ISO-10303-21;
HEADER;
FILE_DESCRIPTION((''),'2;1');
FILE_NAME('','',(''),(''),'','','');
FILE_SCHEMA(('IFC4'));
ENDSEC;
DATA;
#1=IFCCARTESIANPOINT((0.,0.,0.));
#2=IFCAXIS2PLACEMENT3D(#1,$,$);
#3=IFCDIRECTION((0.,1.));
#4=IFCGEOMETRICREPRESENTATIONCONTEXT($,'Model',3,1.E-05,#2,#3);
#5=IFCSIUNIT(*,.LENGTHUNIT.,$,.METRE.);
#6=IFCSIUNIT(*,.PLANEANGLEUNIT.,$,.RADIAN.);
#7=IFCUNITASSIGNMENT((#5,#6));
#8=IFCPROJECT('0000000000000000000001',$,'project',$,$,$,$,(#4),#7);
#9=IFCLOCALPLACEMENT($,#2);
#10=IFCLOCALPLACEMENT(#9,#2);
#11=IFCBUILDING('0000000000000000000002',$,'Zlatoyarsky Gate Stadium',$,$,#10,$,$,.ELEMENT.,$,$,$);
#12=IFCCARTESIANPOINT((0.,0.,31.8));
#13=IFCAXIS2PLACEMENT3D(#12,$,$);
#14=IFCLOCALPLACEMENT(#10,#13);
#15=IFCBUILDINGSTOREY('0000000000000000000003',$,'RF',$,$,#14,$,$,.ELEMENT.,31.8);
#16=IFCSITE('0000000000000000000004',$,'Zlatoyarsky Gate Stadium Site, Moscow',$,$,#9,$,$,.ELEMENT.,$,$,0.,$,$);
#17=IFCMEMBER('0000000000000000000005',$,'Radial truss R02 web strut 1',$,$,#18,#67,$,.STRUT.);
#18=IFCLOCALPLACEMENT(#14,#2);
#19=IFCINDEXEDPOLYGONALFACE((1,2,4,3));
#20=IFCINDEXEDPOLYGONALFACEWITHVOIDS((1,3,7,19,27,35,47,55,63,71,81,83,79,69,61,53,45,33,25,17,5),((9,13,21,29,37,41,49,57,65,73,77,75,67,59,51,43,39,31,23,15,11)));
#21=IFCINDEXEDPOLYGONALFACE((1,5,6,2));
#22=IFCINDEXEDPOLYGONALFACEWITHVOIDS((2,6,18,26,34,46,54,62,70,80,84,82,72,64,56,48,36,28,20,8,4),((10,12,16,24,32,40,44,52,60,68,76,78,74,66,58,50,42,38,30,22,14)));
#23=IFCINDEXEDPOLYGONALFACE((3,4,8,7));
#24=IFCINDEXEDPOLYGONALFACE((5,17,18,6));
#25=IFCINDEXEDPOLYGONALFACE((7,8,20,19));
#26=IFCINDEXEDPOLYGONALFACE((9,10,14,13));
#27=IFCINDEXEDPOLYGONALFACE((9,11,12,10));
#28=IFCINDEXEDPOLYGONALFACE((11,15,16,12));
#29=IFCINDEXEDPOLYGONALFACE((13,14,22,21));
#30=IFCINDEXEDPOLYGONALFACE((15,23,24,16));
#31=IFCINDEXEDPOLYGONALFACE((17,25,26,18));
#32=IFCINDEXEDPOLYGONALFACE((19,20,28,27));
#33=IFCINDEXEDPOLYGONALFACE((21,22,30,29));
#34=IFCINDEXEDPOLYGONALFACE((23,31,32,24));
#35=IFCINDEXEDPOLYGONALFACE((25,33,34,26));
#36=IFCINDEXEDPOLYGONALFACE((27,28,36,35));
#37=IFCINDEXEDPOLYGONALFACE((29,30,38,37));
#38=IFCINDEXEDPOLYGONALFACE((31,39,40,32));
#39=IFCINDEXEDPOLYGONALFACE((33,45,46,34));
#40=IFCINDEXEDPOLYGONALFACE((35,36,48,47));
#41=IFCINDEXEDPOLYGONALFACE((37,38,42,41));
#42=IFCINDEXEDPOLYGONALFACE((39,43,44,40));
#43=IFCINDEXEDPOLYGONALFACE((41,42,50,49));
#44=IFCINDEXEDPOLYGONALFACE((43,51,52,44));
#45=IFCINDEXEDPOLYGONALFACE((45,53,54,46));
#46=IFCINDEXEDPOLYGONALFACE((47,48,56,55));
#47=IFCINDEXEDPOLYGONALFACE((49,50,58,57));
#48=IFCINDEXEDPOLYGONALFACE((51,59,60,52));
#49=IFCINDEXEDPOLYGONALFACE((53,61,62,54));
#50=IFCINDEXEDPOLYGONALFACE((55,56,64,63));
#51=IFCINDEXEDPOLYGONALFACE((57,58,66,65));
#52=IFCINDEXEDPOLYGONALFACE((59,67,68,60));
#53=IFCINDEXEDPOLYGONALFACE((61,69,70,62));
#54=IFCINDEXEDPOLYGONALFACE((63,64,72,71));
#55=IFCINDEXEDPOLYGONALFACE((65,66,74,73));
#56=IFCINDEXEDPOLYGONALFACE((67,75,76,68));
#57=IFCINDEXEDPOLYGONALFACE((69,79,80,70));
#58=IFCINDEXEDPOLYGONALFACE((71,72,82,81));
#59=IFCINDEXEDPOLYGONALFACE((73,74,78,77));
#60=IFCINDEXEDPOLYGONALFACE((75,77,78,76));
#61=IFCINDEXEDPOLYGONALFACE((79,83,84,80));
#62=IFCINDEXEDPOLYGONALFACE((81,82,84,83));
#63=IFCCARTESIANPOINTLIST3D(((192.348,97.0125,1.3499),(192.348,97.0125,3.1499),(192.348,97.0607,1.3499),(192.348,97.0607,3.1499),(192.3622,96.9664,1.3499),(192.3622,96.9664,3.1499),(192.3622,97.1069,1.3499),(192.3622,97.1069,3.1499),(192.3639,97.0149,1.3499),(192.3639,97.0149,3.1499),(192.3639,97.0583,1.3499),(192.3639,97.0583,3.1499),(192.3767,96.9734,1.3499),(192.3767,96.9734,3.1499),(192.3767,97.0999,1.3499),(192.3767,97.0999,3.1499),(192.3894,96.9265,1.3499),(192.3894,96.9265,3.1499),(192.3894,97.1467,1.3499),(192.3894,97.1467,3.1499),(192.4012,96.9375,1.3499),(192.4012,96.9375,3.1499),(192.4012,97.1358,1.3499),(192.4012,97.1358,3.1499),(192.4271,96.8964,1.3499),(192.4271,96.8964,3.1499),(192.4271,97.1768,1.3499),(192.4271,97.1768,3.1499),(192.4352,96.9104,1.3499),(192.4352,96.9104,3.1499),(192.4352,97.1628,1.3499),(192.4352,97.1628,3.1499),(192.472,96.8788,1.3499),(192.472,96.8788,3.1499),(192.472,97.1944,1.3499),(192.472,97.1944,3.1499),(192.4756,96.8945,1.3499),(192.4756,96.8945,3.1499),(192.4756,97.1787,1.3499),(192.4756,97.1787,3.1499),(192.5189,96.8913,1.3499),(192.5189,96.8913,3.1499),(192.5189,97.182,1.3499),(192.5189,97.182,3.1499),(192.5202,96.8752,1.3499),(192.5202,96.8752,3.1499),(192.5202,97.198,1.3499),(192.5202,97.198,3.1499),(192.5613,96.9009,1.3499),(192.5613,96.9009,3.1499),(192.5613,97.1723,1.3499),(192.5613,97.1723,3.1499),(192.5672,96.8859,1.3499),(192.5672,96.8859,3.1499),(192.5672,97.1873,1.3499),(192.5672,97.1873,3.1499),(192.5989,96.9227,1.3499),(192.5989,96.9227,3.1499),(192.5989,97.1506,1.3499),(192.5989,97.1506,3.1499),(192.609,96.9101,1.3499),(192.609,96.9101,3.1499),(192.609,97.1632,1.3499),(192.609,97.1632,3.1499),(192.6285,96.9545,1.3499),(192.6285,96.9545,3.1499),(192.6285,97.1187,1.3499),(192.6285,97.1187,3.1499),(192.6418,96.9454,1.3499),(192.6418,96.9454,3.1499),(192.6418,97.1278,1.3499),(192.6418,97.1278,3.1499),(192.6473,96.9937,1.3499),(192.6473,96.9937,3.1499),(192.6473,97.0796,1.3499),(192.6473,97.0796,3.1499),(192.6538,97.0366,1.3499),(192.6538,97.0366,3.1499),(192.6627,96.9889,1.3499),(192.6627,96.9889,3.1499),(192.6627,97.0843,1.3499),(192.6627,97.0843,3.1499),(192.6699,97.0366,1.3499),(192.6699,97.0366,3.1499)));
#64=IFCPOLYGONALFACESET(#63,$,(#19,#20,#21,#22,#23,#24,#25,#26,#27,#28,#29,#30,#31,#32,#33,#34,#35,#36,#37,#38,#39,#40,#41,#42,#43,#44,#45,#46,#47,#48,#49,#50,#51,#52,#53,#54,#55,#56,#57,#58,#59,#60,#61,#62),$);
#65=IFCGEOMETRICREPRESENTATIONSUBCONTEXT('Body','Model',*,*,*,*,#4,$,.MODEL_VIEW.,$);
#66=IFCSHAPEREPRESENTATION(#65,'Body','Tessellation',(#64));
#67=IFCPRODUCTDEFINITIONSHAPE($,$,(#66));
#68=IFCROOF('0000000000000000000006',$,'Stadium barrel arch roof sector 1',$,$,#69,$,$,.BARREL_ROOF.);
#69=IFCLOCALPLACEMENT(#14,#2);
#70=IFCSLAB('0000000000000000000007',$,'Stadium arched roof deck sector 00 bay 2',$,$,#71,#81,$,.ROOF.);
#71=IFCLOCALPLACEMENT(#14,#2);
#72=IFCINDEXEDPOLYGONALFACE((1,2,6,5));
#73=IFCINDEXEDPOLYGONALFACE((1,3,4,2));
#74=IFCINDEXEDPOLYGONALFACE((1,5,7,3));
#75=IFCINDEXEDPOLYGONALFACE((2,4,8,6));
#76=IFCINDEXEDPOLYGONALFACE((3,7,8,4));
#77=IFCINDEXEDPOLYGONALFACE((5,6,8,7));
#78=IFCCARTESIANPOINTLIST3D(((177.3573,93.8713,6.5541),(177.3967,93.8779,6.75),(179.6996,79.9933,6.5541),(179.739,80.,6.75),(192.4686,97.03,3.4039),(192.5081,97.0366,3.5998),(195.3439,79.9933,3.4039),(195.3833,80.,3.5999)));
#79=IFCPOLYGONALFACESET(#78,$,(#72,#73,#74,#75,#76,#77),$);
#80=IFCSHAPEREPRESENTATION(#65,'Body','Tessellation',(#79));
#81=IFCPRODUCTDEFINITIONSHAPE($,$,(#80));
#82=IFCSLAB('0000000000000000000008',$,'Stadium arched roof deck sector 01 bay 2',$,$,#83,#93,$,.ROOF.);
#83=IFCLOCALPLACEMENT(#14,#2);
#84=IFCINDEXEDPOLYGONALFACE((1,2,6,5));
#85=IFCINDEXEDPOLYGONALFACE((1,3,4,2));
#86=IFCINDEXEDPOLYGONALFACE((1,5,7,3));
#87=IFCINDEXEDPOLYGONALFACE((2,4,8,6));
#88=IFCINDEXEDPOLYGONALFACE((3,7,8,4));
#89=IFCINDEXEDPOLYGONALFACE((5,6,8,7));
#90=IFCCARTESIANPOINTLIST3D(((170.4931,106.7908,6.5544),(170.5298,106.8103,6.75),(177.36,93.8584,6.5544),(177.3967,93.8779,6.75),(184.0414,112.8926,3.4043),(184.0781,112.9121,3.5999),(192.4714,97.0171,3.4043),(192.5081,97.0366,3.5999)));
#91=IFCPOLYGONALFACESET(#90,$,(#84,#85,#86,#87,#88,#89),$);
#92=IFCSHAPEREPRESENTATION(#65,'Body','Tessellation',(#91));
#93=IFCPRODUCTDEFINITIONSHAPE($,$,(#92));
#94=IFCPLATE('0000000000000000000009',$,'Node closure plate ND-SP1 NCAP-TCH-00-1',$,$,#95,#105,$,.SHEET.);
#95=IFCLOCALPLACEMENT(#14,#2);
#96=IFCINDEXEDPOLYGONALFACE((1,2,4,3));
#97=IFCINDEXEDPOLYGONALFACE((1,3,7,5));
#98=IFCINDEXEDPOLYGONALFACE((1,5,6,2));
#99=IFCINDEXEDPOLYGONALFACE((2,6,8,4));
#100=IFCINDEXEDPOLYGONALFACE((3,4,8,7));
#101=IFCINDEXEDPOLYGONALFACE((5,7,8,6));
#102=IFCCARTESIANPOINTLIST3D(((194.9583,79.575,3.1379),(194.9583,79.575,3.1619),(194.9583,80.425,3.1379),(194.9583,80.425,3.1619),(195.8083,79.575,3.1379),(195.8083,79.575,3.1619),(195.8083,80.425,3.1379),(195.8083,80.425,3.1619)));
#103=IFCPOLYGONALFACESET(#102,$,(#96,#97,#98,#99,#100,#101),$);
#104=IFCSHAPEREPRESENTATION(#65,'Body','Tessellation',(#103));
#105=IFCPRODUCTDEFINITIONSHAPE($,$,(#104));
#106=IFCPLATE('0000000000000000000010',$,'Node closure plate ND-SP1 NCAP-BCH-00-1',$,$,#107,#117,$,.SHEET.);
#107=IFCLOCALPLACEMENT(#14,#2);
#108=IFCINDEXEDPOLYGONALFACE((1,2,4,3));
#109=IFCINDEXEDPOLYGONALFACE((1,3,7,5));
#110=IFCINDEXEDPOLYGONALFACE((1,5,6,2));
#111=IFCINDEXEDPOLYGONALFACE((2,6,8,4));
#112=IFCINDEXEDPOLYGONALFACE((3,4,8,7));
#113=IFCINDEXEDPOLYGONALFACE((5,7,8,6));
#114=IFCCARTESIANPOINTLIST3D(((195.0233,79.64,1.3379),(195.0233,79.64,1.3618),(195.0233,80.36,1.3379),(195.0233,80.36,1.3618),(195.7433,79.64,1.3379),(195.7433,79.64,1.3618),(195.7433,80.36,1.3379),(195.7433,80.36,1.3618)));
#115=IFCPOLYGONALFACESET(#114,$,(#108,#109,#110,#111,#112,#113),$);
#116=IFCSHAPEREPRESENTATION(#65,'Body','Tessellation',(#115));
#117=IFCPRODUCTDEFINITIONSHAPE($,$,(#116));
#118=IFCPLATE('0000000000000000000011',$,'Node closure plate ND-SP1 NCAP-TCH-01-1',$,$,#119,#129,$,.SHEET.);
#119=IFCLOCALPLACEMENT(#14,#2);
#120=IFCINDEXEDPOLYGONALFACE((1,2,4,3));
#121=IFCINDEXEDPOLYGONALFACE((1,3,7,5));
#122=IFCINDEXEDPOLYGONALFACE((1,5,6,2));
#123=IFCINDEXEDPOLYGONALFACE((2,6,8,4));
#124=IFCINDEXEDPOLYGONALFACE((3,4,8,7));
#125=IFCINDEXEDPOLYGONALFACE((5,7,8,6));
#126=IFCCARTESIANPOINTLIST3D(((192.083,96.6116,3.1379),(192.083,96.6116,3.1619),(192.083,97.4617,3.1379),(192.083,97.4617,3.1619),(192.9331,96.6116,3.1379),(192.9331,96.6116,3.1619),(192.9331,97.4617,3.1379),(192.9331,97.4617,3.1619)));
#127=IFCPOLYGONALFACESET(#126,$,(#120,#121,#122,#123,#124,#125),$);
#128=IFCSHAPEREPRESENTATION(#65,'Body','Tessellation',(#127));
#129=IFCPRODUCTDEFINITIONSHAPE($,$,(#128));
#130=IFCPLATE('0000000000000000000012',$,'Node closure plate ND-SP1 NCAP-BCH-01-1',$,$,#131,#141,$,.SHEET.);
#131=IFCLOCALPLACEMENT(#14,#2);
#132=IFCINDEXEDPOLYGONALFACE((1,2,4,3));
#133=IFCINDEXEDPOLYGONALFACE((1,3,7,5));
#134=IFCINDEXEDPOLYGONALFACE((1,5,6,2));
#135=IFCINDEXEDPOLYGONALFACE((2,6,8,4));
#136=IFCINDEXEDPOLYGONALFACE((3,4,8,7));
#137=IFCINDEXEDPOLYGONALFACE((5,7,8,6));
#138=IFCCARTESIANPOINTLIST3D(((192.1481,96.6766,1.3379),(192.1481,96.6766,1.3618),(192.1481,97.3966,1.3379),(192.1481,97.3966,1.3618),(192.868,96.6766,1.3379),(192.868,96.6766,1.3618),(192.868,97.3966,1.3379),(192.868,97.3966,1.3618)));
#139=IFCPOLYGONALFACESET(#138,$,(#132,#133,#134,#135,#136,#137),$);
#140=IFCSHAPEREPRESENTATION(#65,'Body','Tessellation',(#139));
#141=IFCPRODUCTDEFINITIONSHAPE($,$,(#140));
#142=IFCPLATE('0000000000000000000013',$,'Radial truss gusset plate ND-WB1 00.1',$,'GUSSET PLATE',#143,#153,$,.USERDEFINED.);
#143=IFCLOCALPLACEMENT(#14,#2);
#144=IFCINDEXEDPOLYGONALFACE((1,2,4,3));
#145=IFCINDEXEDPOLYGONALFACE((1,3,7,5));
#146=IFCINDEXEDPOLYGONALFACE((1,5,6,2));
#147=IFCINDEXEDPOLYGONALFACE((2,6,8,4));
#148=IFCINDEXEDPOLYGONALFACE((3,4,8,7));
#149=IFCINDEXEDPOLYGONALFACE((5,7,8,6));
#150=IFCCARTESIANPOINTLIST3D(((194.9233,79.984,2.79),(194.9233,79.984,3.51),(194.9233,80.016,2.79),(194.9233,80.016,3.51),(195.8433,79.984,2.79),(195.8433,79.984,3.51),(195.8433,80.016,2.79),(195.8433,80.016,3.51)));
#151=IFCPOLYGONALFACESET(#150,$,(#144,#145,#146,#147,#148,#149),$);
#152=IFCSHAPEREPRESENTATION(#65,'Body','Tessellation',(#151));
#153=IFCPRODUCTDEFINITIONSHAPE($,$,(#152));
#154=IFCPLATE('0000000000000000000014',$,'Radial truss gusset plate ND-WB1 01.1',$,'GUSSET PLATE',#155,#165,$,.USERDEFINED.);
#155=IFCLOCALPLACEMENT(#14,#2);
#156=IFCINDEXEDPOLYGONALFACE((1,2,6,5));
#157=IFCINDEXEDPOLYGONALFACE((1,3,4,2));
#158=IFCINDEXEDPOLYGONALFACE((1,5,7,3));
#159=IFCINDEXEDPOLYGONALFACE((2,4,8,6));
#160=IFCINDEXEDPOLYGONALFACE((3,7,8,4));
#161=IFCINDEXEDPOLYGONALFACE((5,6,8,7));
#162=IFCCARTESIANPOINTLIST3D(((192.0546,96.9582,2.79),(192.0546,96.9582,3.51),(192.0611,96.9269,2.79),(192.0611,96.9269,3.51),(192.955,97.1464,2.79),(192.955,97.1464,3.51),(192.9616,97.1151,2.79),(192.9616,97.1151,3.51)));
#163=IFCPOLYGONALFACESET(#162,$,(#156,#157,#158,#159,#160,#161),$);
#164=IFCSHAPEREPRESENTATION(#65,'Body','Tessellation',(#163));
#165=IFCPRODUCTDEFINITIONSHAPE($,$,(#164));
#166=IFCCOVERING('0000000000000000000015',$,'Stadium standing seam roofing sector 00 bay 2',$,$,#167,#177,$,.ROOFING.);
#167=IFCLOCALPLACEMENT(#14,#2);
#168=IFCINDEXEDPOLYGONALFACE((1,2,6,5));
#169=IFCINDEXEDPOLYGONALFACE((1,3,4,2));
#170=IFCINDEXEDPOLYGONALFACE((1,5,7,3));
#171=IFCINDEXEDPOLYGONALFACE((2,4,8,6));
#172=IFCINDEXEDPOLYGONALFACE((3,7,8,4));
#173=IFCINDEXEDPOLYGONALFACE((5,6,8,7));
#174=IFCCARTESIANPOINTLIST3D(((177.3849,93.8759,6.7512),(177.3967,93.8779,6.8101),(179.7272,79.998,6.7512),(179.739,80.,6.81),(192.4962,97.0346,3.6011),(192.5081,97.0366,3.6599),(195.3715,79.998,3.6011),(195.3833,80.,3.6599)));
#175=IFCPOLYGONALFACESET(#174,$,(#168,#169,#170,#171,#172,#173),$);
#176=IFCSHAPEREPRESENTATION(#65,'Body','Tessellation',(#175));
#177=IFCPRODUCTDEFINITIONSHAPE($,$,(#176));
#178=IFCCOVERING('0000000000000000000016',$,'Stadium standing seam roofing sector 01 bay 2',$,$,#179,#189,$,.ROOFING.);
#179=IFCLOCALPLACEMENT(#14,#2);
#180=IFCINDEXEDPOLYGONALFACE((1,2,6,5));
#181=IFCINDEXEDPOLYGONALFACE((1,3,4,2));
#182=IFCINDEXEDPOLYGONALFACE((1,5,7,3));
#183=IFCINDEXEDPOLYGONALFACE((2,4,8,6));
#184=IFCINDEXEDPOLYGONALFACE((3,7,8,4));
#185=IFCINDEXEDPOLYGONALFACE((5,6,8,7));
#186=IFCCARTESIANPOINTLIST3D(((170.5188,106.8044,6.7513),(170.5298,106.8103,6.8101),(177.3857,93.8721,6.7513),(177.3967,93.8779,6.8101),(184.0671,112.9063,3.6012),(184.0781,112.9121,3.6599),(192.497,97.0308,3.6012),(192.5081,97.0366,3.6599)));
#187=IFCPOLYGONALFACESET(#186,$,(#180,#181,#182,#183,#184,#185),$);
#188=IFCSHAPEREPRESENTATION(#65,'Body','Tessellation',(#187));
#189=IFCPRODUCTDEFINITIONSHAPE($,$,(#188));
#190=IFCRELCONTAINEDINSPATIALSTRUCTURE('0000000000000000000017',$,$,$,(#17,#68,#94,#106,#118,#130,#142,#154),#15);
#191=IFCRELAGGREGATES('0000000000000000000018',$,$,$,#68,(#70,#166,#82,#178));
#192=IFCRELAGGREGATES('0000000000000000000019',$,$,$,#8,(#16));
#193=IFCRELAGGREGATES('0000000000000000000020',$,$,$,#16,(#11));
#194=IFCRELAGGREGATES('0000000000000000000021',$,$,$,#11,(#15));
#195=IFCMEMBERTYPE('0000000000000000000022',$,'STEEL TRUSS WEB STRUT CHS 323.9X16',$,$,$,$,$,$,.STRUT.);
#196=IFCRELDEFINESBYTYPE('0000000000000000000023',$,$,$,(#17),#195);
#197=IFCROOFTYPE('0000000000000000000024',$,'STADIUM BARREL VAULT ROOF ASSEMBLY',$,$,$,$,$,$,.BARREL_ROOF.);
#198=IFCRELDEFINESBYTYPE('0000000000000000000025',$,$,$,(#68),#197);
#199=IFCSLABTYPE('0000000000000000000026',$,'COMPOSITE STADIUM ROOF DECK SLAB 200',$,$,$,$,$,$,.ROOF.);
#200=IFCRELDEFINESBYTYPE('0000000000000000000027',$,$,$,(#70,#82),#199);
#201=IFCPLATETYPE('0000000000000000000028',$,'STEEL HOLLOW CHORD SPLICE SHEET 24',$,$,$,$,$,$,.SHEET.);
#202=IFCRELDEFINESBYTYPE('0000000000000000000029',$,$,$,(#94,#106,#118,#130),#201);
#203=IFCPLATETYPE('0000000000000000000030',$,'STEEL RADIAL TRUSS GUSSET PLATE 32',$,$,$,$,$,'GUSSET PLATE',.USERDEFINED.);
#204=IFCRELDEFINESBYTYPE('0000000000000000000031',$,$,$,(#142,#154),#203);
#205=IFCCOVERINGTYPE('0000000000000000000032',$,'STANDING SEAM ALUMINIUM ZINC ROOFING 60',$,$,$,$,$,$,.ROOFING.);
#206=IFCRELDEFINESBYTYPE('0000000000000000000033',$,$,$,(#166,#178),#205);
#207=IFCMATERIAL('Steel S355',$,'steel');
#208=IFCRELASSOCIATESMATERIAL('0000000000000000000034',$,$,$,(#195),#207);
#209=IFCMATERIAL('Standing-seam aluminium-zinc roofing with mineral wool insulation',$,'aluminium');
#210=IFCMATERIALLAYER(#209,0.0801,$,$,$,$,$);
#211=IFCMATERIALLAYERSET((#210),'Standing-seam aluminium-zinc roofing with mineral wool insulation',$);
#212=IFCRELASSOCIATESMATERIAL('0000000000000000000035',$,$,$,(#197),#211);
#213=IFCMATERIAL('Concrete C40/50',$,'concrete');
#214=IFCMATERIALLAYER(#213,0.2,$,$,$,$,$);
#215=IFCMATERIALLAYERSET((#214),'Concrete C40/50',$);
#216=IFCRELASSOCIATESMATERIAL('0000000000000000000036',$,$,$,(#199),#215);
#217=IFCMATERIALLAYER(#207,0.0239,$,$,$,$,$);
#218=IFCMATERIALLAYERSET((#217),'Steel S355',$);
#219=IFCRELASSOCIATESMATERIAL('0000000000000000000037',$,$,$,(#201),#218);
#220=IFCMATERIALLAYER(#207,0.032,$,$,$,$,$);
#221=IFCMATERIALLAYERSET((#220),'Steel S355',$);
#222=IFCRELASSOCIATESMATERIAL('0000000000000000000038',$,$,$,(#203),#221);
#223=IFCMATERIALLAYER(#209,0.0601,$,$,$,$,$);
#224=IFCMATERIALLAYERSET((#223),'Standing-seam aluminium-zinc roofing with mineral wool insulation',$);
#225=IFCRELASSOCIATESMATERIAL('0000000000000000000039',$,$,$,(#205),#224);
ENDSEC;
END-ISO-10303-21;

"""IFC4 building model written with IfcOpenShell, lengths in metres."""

from ifc_helpers import new_model, si_unit, direction, frame, origin, origin_2d, place, context, subcontext, project, spatial, polyline, rectangle, hollow_circle, outline, extrude, material, layer, layer_set, material_profile, profile_set, type_object, element, aggregate, save


model = new_model("IFC4")

# Units and contexts
model_context = context("Model", 3, precision=1e-05, world=origin(), true_north=direction((0.0, 1.0)))
body_context = subcontext(model_context, "Body", "Model", "MODEL_VIEW")
ifc_project = project(units=[si_unit("LENGTHUNIT", "METRE"), si_unit("PLANEANGLEUNIT", "RADIAN")], contexts=[model_context])

# Site, building, storey
site_placement = place(None, origin())
site = spatial("IfcSite", under=ifc_project, at=site_placement, Name="Zlatoyarsky Gate Stadium Site, Moscow", CompositionType="ELEMENT", RefElevation=0.0)
building_placement = place(site_placement, origin())
building = spatial("IfcBuilding", under=site, at=building_placement, Name="Zlatoyarsky Gate Stadium", CompositionType="ELEMENT")
storey_placement = place(building_placement, frame((0.0, 0.0, 31.8)))
storey = spatial("IfcBuildingStorey", under=building, at=storey_placement, Name="RF", CompositionType="ELEMENT", Elevation=31.8)

# Shared definitions
ifc_material_1 = material(Name="Steel S355", Category="steel")

# Member
ifc_material_profile_1 = material_profile(ifc_material_1, hollow_circle(Radius=0.1619, WallThickness=0.0161, at=origin_2d()), Name="CHS 323.9X16")
ifc_profile_set_1 = profile_set([ifc_material_profile_1], Name="Steel S355")
member_type_1 = type_object("IfcMemberType", Name="STEEL TRUSS WEB STRUT CHS 323.9X16", PredefinedType="STRUT", material=ifc_profile_set_1)
member_1_placement = place(storey_placement, frame((192.5081, 97.0366, 1.3499), z_axis=(0.0, 0.0, 1.0), x_axis=(1.0, 0.0, 0.0)))
element("IfcMember", 1, at=member_1_placement, inside=storey, type_object=member_type_1, Name="Radial truss R02 web strut 1", PredefinedType="STRUT", context=body_context, shape_type="SweptSolid", body=[
    extrude(hollow_circle(Radius=0.1619, WallThickness=0.0161, at=origin_2d()), origin(), (0.0, 0.0, 1.0), 1.8),
])

# Roof, slabs
ifc_material_2 = material(Name="Standing-seam aluminium-zinc roofing with mineral wool insulation", Category="aluminium")
ifc_layer_1 = layer(ifc_material_2, 0.0801)
ifc_layer_set_1 = layer_set([ifc_layer_1], Name="Standing-seam aluminium-zinc roofing with mineral wool insulation")
roof_type = type_object("IfcRoofType", Name="STADIUM BARREL VAULT ROOF ASSEMBLY", PredefinedType="BARREL_ROOF", material=ifc_layer_set_1)
roof_placement = place(storey_placement, origin())
roof = element("IfcRoof", 2, at=roof_placement, inside=storey, type_object=roof_type, Name="Stadium barrel arch roof sector 1", PredefinedType="BARREL_ROOF")
ifc_material_3 = material(Name="Concrete C40/50", Category="concrete")
ifc_layer_2 = layer(ifc_material_3, 0.2)
ifc_layer_set_2 = layer_set([ifc_layer_2], Name="Concrete C40/50")
slab_type = type_object("IfcSlabType", Name="COMPOSITE STADIUM ROOF DECK SLAB 200", PredefinedType="ROOF", material=ifc_layer_set_2)
slab_1_placement = place(storey_placement, frame((195.3833, 80.0, 3.5999), z_axis=(0.197288, 0.033297, 0.97978), x_axis=(-0.166415, 0.986056, -0.000001)))
slab_1 = element("IfcSlab", 3, at=slab_1_placement, type_object=slab_type, Name="Stadium arched roof deck sector 00 bay 2", PredefinedType="ROOF", context=body_context, shape_type="SweptSolid", body=[
    extrude(outline(polyline([(0.0, 0.0), (17.2775, 0.0), (16.6777, 15.7446), (2.6034, 15.7445), (0.0, 0.0)])), origin(), (0.0, 0.0, -1.0), 0.2),
])
slab_2_placement = place(storey_placement, frame((192.5081, 97.0366, 3.5999), z_axis=(0.183541, 0.09746, 0.978169), x_axis=(-0.468985, 0.883206, 0.000001)))
slab_2 = element("IfcSlab", 4, at=slab_2_placement, type_object=slab_type, Name="Stadium arched roof deck sector 01 bay 2", PredefinedType="ROOF", context=body_context, shape_type="SweptSolid", body=[
    extrude(outline(polyline([(0.0, 0.0), (17.9748, 0.0), (18.9397, 15.1586), (4.2972, 15.1587), (0.0, 0.0)])), origin(), (0.0, 0.0, -1.0), 0.2),
])

# Plates
ifc_layer_3 = layer(ifc_material_1, 0.0239)
ifc_layer_set_3 = layer_set([ifc_layer_3], Name="Steel S355")
plate_type_1 = type_object("IfcPlateType", Name="STEEL HOLLOW CHORD SPLICE SHEET 24", PredefinedType="SHEET", material=ifc_layer_set_3)
plate_1_placement = place(storey_placement, frame((195.3833, 80.0, 3.1379), z_axis=(0.0, 0.0, 1.0), x_axis=(1.0, 0.0, 0.0)))
element("IfcPlate", 5, at=plate_1_placement, inside=storey, type_object=plate_type_1, Name="Node closure plate ND-SP1 NCAP-TCH-00-1", PredefinedType="SHEET", context=body_context, shape_type="SweptSolid", body=[
    extrude(rectangle(XDim=0.8501, YDim=0.8501, at=origin_2d()), origin(), (0.0, 0.0, 1.0), 0.0239),
])
plate_2_placement = place(storey_placement, frame((195.3833, 80.0, 1.3379), z_axis=(0.0, 0.0, 1.0), x_axis=(1.0, 0.0, 0.0)))
element("IfcPlate", 6, at=plate_2_placement, inside=storey, type_object=plate_type_1, Name="Node closure plate ND-SP1 NCAP-BCH-00-1", PredefinedType="SHEET", context=body_context, shape_type="SweptSolid", body=[
    extrude(rectangle(XDim=0.72, YDim=0.72, at=origin_2d()), origin(), (0.0, 0.0, 1.0), 0.0239),
])
plate_3_placement = place(storey_placement, frame((192.5081, 97.0366, 3.1379), z_axis=(0.0, 0.0, 1.0), x_axis=(1.0, 0.0, 0.0)))
element("IfcPlate", 7, at=plate_3_placement, inside=storey, type_object=plate_type_1, Name="Node closure plate ND-SP1 NCAP-TCH-01-1", PredefinedType="SHEET", context=body_context, shape_type="SweptSolid", body=[
    extrude(rectangle(XDim=0.8501, YDim=0.8501, at=origin_2d()), origin(), (0.0, 0.0, 1.0), 0.0239),
])
plate_4_placement = place(storey_placement, frame((192.5081, 97.0366, 1.3379), z_axis=(0.0, 0.0, 1.0), x_axis=(1.0, 0.0, 0.0)))
element("IfcPlate", 8, at=plate_4_placement, inside=storey, type_object=plate_type_1, Name="Node closure plate ND-SP1 NCAP-BCH-01-1", PredefinedType="SHEET", context=body_context, shape_type="SweptSolid", body=[
    extrude(rectangle(XDim=0.72, YDim=0.72, at=origin_2d()), origin(), (0.0, 0.0, 1.0), 0.0239),
])
ifc_layer_4 = layer(ifc_material_1, 0.032)
ifc_layer_set_4 = layer_set([ifc_layer_4], Name="Steel S355")
plate_type_2 = type_object("IfcPlateType", Name="STEEL RADIAL TRUSS GUSSET PLATE 32", ElementType="GUSSET PLATE", PredefinedType="USERDEFINED", material=ifc_layer_set_4)
for number, where, z_axis, x_axis, name in (
    (9, (195.3833, 80.0, 2.79), (0.0, 0.0, 1.0), (-1.0, 0.0, 0.0), "Radial truss gusset plate ND-WB1 00.1"),
    (10, (192.5081, 97.0366, 2.79), (0.0, 0.0, 1.0), (-0.978847, -0.204595, 0.0), "Radial truss gusset plate ND-WB1 01.1"),
):
    element("IfcPlate", number, at=place(storey_placement, frame(where, z_axis=z_axis, x_axis=x_axis)), inside=storey, type_object=plate_type_2, Name=name, ObjectType="GUSSET PLATE", PredefinedType="USERDEFINED", context=body_context, shape_type="SweptSolid", body=[
        extrude(rectangle(XDim=0.9199, YDim=0.032, at=origin_2d()), origin(), (0.0, 0.0, 1.0), 0.72),
    ])

# Coverings
ifc_layer_5 = layer(ifc_material_2, 0.0601)
ifc_layer_set_5 = layer_set([ifc_layer_5], Name="Standing-seam aluminium-zinc roofing with mineral wool insulation")
covering_type = type_object("IfcCoveringType", Name="STANDING SEAM ALUMINIUM ZINC ROOFING 60", PredefinedType="ROOFING", material=ifc_layer_set_5)
covering_1_placement = place(storey_placement, frame((195.3833, 80.0, 3.6599), z_axis=(0.197288, 0.033297, 0.97978), x_axis=(-0.166415, 0.986056, -0.000001)))
covering_1 = element("IfcCovering", 11, at=covering_1_placement, type_object=covering_type, Name="Stadium standing seam roofing sector 00 bay 2", PredefinedType="ROOFING", context=body_context, shape_type="SweptSolid", body=[
    extrude(outline(polyline([(0.0, 0.0), (17.2775, 0.0), (16.6777, 15.7446), (2.6034, 15.7445), (0.0, 0.0)])), origin(), (0.0, 0.0, -1.0), 0.0601),
])
covering_2_placement = place(storey_placement, frame((192.5081, 97.0366, 3.6599), z_axis=(0.183541, 0.09746, 0.978169), x_axis=(-0.468985, 0.883206, 0.000001)))
covering_2 = element("IfcCovering", 12, at=covering_2_placement, type_object=covering_type, Name="Stadium standing seam roofing sector 01 bay 2", PredefinedType="ROOFING", context=body_context, shape_type="SweptSolid", body=[
    extrude(outline(polyline([(0.0, 0.0), (17.9748, 0.0), (18.9397, 15.1586), (4.2972, 15.1587), (0.0, 0.0)])), origin(), (0.0, 0.0, -1.0), 0.0601),
])
aggregate(roof, [slab_1, covering_1, slab_2, covering_2])

save(model, "model.ifc")
